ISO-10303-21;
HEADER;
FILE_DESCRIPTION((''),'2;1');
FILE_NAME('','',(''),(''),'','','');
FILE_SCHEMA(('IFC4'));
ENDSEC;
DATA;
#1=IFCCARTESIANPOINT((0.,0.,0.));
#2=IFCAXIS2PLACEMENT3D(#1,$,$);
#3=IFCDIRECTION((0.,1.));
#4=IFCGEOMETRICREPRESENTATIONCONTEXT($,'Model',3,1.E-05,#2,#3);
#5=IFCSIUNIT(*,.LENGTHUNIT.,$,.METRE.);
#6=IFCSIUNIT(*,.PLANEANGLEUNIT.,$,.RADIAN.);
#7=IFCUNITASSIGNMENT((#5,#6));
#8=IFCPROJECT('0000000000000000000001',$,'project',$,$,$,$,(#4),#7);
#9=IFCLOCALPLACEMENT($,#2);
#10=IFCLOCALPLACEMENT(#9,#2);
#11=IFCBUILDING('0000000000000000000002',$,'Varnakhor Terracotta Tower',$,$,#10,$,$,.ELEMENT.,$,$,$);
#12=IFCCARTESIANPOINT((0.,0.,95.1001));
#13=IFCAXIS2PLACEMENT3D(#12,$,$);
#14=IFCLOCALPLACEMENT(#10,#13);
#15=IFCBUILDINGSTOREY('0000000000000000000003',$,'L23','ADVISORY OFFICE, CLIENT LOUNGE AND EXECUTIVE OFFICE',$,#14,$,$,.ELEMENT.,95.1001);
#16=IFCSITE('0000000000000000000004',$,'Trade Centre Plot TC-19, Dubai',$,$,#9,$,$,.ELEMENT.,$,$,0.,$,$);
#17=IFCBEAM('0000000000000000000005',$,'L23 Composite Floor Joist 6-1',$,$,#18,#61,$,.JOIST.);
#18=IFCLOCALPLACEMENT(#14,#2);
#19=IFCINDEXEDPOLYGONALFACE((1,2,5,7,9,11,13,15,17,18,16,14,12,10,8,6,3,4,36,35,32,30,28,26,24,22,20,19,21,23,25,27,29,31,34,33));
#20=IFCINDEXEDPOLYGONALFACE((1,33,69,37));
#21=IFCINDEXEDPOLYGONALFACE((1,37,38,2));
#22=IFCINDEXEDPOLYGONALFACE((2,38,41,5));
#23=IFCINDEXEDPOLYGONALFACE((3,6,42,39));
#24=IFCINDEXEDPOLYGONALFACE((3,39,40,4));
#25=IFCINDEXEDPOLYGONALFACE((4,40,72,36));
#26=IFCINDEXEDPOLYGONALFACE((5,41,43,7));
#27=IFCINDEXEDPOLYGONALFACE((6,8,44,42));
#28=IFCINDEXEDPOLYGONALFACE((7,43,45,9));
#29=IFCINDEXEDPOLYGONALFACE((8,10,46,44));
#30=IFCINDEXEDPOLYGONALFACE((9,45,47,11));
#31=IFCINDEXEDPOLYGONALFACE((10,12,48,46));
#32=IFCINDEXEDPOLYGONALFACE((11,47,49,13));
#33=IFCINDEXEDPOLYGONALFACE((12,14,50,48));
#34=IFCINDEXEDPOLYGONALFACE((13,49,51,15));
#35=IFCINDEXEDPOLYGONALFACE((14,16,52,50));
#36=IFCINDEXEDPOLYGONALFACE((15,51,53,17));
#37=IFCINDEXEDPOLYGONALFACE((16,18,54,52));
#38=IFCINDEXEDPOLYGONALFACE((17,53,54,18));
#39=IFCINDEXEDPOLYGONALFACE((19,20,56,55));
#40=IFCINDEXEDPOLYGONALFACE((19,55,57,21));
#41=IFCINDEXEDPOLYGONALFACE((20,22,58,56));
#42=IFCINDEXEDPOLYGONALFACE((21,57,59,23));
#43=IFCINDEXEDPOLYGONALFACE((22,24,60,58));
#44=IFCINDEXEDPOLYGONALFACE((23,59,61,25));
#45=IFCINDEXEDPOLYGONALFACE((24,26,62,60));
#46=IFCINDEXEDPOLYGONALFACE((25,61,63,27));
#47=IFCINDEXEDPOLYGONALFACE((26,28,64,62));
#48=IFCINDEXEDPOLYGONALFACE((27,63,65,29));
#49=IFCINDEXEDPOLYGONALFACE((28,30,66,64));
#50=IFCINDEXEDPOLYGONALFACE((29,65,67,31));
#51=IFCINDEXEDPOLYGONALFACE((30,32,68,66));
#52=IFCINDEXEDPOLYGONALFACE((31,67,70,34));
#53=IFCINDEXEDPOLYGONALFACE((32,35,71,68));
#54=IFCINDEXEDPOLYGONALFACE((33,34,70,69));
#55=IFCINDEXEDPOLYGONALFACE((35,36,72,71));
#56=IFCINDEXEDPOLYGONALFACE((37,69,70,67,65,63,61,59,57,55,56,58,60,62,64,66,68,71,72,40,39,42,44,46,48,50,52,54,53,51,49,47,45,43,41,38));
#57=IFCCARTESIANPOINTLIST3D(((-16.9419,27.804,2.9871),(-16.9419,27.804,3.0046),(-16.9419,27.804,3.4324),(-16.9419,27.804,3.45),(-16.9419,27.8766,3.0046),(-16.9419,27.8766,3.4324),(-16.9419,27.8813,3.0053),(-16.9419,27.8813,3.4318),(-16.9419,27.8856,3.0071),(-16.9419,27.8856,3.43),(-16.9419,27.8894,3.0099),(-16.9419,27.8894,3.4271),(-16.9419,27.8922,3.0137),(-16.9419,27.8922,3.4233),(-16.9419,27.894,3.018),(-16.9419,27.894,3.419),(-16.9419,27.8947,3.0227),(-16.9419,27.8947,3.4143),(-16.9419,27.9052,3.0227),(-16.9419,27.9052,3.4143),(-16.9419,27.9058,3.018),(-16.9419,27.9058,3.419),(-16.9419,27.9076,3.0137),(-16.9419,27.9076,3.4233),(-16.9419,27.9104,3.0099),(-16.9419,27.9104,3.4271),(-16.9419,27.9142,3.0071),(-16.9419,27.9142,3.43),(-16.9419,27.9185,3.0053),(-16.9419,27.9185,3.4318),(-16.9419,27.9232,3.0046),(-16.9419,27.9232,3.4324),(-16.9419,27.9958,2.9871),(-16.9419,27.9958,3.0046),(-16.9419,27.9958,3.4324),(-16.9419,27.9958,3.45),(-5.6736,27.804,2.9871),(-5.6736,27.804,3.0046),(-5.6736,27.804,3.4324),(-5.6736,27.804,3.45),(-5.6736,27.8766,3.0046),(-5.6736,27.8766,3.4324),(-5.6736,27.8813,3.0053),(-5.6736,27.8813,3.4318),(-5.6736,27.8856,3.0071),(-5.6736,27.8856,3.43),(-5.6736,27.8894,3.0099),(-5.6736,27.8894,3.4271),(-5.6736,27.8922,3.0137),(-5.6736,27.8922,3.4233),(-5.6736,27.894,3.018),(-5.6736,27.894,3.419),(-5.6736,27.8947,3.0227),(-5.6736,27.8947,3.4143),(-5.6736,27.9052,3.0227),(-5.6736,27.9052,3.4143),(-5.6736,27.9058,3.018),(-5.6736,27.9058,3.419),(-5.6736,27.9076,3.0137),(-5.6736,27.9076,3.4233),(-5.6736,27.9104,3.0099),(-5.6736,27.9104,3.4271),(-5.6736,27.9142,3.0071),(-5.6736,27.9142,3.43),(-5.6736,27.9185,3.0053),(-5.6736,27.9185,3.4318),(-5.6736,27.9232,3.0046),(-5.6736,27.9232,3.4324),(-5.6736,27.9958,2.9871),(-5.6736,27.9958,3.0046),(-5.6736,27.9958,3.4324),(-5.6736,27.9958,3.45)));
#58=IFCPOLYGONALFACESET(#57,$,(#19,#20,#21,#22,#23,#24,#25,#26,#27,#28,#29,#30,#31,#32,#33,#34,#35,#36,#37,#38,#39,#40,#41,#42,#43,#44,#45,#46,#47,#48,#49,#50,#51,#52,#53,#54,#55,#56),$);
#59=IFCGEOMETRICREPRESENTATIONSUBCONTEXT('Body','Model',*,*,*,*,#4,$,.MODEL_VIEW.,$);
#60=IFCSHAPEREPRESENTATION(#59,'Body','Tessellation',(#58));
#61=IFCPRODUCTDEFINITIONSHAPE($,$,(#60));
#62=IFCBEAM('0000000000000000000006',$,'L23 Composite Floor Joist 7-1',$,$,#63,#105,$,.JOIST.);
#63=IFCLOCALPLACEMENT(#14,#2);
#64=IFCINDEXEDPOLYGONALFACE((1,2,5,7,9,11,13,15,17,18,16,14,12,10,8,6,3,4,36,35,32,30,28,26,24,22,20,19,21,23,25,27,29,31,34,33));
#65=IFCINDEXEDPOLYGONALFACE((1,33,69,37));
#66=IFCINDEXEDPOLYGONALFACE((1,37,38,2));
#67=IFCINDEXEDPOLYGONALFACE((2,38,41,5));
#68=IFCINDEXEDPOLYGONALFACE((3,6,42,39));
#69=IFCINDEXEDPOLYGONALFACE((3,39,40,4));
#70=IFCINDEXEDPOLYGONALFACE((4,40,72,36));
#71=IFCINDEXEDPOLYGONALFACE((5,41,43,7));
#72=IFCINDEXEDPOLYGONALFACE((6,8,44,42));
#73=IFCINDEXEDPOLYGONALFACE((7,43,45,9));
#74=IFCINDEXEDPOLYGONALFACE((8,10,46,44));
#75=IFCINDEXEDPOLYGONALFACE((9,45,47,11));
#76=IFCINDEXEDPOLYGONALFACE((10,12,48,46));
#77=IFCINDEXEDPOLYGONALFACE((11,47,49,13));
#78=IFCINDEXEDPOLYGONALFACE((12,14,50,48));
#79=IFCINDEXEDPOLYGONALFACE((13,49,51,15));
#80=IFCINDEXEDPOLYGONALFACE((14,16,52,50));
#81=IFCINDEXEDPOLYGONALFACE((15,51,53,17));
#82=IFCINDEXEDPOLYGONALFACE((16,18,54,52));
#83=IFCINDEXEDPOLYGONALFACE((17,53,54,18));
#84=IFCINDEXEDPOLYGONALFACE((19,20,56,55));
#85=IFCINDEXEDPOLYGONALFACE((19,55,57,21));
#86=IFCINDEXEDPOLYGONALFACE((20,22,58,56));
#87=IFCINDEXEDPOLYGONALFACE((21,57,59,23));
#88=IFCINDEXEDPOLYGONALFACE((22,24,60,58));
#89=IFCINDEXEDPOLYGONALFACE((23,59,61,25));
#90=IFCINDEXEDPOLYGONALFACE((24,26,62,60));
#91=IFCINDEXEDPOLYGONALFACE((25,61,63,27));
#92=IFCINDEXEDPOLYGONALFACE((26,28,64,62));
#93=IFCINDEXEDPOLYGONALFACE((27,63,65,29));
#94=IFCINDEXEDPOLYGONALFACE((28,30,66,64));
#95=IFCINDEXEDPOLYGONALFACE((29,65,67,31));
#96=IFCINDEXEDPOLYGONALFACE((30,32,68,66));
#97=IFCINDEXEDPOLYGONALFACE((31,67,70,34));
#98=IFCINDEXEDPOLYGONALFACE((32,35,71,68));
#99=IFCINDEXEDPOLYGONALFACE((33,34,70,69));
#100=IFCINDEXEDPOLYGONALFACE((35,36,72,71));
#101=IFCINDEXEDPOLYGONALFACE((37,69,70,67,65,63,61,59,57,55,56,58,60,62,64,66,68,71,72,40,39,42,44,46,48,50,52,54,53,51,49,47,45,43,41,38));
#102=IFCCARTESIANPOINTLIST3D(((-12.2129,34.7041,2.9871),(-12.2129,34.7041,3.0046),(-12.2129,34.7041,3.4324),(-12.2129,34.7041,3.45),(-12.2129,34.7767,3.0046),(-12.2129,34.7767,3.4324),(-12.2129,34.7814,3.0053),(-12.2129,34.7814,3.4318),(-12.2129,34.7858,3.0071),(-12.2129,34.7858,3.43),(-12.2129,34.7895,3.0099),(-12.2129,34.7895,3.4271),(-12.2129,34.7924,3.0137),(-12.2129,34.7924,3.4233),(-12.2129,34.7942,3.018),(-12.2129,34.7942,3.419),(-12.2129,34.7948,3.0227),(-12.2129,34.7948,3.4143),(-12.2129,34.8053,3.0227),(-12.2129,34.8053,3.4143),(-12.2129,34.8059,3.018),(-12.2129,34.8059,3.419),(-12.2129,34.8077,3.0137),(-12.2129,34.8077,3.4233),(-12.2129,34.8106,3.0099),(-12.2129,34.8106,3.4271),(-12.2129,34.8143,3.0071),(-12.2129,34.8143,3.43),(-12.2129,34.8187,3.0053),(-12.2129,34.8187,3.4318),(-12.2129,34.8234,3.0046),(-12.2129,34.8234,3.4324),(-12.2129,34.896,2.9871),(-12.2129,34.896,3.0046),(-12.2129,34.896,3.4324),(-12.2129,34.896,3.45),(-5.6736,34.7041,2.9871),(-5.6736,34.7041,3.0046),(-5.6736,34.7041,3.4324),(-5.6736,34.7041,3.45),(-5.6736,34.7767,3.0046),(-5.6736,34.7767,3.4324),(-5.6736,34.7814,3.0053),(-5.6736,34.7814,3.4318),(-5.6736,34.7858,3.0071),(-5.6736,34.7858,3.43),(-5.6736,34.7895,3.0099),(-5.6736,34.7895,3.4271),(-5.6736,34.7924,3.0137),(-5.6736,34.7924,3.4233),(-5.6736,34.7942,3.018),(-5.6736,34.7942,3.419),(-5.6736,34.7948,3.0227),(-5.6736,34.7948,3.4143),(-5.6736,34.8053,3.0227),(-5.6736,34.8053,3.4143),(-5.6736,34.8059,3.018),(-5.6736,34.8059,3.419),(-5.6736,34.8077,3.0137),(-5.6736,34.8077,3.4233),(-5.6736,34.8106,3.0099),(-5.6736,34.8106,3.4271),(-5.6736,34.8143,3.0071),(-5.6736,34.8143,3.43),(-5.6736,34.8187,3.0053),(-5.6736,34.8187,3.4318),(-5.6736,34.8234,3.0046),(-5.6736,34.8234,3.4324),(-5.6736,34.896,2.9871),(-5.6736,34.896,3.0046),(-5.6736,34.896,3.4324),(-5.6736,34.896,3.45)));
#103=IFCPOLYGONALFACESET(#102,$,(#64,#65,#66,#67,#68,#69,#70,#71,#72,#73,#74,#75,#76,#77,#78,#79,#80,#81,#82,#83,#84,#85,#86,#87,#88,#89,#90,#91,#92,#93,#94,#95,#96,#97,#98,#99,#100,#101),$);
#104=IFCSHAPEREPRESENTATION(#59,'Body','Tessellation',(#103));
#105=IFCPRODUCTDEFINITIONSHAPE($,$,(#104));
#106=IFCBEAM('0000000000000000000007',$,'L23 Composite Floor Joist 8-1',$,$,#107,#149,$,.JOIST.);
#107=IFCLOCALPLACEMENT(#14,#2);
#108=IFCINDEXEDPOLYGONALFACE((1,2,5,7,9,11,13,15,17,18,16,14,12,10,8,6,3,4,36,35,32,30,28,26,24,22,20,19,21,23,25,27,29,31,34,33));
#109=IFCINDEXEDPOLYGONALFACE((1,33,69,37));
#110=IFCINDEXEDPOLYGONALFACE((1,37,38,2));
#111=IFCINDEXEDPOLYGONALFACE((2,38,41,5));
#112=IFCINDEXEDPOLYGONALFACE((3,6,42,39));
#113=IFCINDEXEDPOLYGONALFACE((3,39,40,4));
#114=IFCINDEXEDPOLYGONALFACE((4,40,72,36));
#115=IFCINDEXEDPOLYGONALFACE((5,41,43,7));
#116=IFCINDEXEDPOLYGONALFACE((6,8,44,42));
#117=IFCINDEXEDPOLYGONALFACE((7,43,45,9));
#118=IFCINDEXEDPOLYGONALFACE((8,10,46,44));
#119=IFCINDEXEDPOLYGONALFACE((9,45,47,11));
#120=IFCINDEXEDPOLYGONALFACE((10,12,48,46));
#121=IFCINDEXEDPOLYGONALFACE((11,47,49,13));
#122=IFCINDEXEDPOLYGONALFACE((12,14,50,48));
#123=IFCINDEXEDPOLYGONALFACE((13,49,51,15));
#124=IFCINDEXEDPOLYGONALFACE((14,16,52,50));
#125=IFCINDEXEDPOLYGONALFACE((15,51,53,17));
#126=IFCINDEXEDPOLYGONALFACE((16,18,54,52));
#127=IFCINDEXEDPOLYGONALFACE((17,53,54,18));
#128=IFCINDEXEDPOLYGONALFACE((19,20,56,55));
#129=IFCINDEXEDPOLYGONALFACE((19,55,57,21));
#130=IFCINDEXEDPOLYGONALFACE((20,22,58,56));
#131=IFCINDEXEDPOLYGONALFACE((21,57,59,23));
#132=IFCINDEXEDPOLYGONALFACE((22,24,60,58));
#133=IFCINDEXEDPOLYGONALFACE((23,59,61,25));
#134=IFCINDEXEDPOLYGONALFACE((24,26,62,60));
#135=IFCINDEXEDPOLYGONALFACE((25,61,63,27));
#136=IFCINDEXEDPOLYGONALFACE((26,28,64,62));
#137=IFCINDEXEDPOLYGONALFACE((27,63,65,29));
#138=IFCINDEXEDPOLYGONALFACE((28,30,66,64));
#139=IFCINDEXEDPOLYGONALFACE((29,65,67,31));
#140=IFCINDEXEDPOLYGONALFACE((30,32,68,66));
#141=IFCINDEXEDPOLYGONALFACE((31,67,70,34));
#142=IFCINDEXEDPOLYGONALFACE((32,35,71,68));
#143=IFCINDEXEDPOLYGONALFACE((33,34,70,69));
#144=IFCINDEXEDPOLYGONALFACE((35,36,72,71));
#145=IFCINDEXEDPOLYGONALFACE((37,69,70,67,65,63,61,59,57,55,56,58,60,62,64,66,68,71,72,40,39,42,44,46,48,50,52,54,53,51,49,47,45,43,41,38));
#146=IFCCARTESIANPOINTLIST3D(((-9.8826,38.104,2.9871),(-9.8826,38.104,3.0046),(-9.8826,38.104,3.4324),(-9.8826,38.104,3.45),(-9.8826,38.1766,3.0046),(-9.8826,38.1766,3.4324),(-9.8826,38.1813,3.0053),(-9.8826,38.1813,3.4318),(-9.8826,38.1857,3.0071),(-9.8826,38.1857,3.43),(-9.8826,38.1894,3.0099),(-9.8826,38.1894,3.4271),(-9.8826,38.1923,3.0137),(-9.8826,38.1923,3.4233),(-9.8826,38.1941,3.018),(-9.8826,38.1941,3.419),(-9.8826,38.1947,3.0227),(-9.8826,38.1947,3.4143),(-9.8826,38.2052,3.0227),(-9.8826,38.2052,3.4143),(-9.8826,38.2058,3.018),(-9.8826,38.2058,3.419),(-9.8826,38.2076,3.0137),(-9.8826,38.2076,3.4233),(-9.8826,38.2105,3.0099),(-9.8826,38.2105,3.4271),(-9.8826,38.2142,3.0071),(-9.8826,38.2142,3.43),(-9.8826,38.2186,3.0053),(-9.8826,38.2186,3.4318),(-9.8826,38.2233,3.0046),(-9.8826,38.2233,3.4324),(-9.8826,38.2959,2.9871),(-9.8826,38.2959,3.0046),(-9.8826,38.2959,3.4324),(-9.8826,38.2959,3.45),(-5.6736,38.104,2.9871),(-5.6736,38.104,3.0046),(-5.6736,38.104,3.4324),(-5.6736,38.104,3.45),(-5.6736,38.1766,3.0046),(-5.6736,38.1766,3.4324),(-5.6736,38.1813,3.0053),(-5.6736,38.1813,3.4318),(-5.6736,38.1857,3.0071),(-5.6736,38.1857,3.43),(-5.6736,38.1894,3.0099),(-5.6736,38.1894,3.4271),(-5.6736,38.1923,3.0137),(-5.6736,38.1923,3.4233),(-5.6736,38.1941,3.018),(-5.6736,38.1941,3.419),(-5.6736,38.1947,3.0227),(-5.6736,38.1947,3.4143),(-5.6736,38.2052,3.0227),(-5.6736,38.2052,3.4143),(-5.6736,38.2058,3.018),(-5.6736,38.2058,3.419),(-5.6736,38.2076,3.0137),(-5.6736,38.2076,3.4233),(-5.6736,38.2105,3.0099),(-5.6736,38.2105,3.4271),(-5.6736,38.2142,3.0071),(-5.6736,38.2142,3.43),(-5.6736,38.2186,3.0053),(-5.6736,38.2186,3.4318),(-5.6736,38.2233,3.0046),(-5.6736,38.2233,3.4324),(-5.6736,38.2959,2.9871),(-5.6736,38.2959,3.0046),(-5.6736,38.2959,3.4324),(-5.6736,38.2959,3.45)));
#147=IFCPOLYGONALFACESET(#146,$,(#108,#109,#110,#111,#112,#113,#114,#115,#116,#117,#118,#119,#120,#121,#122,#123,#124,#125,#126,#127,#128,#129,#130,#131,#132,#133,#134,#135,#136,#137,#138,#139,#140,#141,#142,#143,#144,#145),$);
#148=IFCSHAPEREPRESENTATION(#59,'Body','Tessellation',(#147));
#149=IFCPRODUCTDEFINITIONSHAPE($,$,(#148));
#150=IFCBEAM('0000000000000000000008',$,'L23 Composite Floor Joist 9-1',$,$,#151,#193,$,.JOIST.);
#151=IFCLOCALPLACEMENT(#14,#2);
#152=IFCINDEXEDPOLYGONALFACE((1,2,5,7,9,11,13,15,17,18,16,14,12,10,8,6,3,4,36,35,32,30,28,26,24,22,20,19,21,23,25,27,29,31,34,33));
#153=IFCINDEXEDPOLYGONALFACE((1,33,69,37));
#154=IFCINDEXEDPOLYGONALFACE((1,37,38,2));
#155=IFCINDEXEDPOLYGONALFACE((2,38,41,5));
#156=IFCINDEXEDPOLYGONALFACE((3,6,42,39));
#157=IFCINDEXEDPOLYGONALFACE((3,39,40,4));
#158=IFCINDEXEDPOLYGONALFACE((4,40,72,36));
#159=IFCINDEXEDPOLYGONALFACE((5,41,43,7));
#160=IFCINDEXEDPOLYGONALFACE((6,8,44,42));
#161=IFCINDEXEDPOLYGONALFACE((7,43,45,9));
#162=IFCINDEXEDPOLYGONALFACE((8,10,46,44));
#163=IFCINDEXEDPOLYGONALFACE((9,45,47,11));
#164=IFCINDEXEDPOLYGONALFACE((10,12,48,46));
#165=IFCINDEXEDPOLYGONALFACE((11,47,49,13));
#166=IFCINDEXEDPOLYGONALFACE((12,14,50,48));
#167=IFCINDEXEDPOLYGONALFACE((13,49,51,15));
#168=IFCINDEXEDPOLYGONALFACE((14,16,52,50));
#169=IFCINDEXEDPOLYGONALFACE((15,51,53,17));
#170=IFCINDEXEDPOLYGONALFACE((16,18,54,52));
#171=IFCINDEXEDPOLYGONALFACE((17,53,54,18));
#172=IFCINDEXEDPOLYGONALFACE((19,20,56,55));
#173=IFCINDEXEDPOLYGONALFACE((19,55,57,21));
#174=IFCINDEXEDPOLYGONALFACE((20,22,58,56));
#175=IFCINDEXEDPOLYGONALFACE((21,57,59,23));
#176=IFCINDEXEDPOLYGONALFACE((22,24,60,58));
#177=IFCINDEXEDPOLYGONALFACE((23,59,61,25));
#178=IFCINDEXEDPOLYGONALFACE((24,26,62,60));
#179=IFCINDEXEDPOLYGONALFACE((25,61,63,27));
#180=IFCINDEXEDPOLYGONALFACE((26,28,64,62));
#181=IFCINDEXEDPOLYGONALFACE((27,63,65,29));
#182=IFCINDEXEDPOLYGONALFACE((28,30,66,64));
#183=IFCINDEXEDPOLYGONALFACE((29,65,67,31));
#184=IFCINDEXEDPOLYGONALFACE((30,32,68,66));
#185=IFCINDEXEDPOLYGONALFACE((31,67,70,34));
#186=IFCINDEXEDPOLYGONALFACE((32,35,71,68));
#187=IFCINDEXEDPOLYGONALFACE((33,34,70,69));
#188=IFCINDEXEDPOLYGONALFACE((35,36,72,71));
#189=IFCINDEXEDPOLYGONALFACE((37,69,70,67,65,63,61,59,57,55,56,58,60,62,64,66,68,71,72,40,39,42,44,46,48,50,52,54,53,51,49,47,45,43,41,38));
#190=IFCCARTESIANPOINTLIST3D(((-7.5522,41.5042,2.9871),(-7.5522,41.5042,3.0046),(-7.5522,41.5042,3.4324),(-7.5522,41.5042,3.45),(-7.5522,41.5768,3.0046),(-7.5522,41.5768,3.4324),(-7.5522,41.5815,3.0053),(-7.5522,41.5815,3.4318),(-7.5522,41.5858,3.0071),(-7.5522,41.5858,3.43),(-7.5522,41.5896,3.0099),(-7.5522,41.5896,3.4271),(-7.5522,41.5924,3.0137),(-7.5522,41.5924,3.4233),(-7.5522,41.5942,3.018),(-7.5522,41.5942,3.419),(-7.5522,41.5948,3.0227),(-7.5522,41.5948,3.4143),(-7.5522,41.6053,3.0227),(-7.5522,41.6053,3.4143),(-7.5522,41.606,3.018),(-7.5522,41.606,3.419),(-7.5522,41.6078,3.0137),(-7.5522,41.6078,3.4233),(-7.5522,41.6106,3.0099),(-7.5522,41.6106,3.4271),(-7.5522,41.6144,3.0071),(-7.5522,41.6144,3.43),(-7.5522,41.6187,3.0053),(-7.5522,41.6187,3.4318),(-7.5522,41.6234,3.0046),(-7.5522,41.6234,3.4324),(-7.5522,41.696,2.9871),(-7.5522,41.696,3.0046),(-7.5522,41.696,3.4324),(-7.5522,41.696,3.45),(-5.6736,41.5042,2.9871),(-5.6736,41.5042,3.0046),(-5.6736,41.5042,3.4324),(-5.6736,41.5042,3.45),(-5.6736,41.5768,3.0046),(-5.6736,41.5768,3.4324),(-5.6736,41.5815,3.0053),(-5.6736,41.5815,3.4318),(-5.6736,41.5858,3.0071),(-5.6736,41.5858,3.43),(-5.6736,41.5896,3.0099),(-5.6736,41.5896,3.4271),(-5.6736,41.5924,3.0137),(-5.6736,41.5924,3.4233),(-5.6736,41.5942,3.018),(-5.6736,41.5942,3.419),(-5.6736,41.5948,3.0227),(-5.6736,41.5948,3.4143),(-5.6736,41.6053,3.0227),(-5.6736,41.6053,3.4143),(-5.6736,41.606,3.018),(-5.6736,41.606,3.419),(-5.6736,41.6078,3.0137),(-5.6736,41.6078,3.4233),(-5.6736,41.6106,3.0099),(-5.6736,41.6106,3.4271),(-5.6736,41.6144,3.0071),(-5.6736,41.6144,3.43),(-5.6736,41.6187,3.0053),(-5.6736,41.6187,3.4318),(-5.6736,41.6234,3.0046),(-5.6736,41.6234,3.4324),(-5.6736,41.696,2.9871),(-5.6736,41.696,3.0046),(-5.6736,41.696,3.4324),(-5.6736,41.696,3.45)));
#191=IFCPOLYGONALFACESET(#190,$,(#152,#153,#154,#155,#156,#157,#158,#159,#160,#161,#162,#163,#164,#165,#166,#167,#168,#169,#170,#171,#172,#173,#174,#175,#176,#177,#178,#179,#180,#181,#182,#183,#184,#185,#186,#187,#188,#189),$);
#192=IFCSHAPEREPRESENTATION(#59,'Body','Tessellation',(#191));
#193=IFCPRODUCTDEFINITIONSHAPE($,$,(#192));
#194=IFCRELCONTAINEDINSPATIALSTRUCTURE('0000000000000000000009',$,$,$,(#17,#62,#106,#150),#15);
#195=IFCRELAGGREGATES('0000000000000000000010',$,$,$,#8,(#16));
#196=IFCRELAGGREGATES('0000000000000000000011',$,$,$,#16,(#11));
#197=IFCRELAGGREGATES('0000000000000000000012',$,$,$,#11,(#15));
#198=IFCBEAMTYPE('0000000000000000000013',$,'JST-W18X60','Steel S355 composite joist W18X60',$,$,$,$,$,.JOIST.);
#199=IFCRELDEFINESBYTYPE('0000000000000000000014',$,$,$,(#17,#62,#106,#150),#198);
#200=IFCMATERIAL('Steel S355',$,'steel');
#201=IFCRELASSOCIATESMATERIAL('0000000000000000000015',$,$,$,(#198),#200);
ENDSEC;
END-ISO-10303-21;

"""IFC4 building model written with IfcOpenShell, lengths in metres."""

from ifc_helpers import new_model, si_unit, direction, frame, origin, origin_2d, place, context, subcontext, project, spatial, i_section, extrude, source, transform, mapped, material, material_profile, profile_set, type_object, element, save


model = new_model("IFC4")

# Units and contexts
model_context = context("Model", 3, precision=1e-05, world=origin(), true_north=direction((0.0, 1.0)))
body_context = subcontext(model_context, "Body", "Model", "MODEL_VIEW")
ifc_project = project(units=[si_unit("LENGTHUNIT", "METRE"), si_unit("PLANEANGLEUNIT", "RADIAN")], contexts=[model_context])

# Site, building, storey
site_placement = place(None, origin())
site = spatial("IfcSite", under=ifc_project, at=site_placement, Name="Trade Centre Plot TC-19, Dubai", CompositionType="ELEMENT", RefElevation=0.0)
building_placement = place(site_placement, origin())
building = spatial("IfcBuilding", under=site, at=building_placement, Name="Varnakhor Terracotta Tower", CompositionType="ELEMENT")
storey_placement = place(building_placement, frame((0.0, 0.0, 95.1001)))
storey = spatial("IfcBuildingStorey", under=building, at=storey_placement, Name="L23", Description="ADVISORY OFFICE, CLIENT LOUNGE AND EXECUTIVE OFFICE", CompositionType="ELEMENT", Elevation=95.1001)

# Beams
ifc_material_1 = material(Name="Steel S355", Category="steel")
ifc_material_profile_1 = material_profile(ifc_material_1, i_section(OverallWidth=0.1919, OverallDepth=0.4629, WebThickness=0.0105, FlangeThickness=0.0176, FilletRadius=0.0181, at=origin_2d()), Name="W18X60")
ifc_profile_set_1 = profile_set([ifc_material_profile_1], Name="Steel S355")
beam_type_1 = type_object("IfcBeamType", Name="JST-W18X60", Description="Steel S355 composite joist W18X60", PredefinedType="JOIST", material=ifc_profile_set_1)
shared_shape_1 = source(origin(), body_context, "Body", "SweptSolid", [
    extrude(i_section(OverallWidth=0.1919, OverallDepth=0.4629, WebThickness=0.0105, FlangeThickness=0.0176, FilletRadius=0.0181, at=origin_2d()), origin(), (0.0, 0.0, 1.0), 11.2683),
])
beam_1_placement = place(storey_placement, frame((-16.9419, 27.8999, 3.2185), z_axis=(1.0, 0.0, 0.0), x_axis=(0.0, 1.0, 0.0)))
element("IfcBeam", 1, at=beam_1_placement, inside=storey, type_object=beam_type_1, Name="L23 Composite Floor Joist 6-1", PredefinedType="JOIST", context=body_context, shape_type="MappedRepresentation", body=[
    mapped(shared_shape_1, transform((0.0, 0.0, 0.0), scale=1.0)),
])
shared_shape_2 = source(origin(), body_context, "Body", "SweptSolid", [
    extrude(i_section(OverallWidth=0.1919, OverallDepth=0.4629, WebThickness=0.0105, FlangeThickness=0.0176, FilletRadius=0.0181, at=origin_2d()), origin(), (0.0, 0.0, 1.0), 6.5393),
])
beam_2_placement = place(storey_placement, frame((-12.2129, 34.8, 3.2185), z_axis=(1.0, 0.0, 0.0), x_axis=(0.0, 1.0, 0.0)))
element("IfcBeam", 2, at=beam_2_placement, inside=storey, type_object=beam_type_1, Name="L23 Composite Floor Joist 7-1", PredefinedType="JOIST", context=body_context, shape_type="MappedRepresentation", body=[
    mapped(shared_shape_2, transform((0.0, 0.0, 0.0), scale=1.0)),
])
shared_shape_3 = source(origin(), body_context, "Body", "SweptSolid", [
    extrude(i_section(OverallWidth=0.1919, OverallDepth=0.4629, WebThickness=0.0105, FlangeThickness=0.0176, FilletRadius=0.0181, at=origin_2d()), origin(), (0.0, 0.0, 1.0), 4.209),
])
beam_3_placement = place(storey_placement, frame((-9.8826, 38.2, 3.2185), z_axis=(1.0, 0.0, 0.0), x_axis=(0.0, 1.0, 0.0)))
element("IfcBeam", 3, at=beam_3_placement, inside=storey, type_object=beam_type_1, Name="L23 Composite Floor Joist 8-1", PredefinedType="JOIST", context=body_context, shape_type="MappedRepresentation", body=[
    mapped(shared_shape_3, transform((0.0, 0.0, 0.0), scale=1.0)),
])
shared_shape_4 = source(origin(), body_context, "Body", "SweptSolid", [
    extrude(i_section(OverallWidth=0.1919, OverallDepth=0.4629, WebThickness=0.0105, FlangeThickness=0.0176, FilletRadius=0.0181, at=origin_2d()), origin(), (0.0, 0.0, 1.0), 1.8787),
])
beam_4_placement = place(storey_placement, frame((-7.5522, 41.6001, 3.2185), z_axis=(1.0, 0.0, 0.0), x_axis=(0.0, 1.0, 0.0)))
element("IfcBeam", 4, at=beam_4_placement, inside=storey, type_object=beam_type_1, Name="L23 Composite Floor Joist 9-1", PredefinedType="JOIST", context=body_context, shape_type="MappedRepresentation", body=[
    mapped(shared_shape_4, transform((0.0, 0.0, 0.0), scale=1.0)),
])

save(model, "model.ifc")
